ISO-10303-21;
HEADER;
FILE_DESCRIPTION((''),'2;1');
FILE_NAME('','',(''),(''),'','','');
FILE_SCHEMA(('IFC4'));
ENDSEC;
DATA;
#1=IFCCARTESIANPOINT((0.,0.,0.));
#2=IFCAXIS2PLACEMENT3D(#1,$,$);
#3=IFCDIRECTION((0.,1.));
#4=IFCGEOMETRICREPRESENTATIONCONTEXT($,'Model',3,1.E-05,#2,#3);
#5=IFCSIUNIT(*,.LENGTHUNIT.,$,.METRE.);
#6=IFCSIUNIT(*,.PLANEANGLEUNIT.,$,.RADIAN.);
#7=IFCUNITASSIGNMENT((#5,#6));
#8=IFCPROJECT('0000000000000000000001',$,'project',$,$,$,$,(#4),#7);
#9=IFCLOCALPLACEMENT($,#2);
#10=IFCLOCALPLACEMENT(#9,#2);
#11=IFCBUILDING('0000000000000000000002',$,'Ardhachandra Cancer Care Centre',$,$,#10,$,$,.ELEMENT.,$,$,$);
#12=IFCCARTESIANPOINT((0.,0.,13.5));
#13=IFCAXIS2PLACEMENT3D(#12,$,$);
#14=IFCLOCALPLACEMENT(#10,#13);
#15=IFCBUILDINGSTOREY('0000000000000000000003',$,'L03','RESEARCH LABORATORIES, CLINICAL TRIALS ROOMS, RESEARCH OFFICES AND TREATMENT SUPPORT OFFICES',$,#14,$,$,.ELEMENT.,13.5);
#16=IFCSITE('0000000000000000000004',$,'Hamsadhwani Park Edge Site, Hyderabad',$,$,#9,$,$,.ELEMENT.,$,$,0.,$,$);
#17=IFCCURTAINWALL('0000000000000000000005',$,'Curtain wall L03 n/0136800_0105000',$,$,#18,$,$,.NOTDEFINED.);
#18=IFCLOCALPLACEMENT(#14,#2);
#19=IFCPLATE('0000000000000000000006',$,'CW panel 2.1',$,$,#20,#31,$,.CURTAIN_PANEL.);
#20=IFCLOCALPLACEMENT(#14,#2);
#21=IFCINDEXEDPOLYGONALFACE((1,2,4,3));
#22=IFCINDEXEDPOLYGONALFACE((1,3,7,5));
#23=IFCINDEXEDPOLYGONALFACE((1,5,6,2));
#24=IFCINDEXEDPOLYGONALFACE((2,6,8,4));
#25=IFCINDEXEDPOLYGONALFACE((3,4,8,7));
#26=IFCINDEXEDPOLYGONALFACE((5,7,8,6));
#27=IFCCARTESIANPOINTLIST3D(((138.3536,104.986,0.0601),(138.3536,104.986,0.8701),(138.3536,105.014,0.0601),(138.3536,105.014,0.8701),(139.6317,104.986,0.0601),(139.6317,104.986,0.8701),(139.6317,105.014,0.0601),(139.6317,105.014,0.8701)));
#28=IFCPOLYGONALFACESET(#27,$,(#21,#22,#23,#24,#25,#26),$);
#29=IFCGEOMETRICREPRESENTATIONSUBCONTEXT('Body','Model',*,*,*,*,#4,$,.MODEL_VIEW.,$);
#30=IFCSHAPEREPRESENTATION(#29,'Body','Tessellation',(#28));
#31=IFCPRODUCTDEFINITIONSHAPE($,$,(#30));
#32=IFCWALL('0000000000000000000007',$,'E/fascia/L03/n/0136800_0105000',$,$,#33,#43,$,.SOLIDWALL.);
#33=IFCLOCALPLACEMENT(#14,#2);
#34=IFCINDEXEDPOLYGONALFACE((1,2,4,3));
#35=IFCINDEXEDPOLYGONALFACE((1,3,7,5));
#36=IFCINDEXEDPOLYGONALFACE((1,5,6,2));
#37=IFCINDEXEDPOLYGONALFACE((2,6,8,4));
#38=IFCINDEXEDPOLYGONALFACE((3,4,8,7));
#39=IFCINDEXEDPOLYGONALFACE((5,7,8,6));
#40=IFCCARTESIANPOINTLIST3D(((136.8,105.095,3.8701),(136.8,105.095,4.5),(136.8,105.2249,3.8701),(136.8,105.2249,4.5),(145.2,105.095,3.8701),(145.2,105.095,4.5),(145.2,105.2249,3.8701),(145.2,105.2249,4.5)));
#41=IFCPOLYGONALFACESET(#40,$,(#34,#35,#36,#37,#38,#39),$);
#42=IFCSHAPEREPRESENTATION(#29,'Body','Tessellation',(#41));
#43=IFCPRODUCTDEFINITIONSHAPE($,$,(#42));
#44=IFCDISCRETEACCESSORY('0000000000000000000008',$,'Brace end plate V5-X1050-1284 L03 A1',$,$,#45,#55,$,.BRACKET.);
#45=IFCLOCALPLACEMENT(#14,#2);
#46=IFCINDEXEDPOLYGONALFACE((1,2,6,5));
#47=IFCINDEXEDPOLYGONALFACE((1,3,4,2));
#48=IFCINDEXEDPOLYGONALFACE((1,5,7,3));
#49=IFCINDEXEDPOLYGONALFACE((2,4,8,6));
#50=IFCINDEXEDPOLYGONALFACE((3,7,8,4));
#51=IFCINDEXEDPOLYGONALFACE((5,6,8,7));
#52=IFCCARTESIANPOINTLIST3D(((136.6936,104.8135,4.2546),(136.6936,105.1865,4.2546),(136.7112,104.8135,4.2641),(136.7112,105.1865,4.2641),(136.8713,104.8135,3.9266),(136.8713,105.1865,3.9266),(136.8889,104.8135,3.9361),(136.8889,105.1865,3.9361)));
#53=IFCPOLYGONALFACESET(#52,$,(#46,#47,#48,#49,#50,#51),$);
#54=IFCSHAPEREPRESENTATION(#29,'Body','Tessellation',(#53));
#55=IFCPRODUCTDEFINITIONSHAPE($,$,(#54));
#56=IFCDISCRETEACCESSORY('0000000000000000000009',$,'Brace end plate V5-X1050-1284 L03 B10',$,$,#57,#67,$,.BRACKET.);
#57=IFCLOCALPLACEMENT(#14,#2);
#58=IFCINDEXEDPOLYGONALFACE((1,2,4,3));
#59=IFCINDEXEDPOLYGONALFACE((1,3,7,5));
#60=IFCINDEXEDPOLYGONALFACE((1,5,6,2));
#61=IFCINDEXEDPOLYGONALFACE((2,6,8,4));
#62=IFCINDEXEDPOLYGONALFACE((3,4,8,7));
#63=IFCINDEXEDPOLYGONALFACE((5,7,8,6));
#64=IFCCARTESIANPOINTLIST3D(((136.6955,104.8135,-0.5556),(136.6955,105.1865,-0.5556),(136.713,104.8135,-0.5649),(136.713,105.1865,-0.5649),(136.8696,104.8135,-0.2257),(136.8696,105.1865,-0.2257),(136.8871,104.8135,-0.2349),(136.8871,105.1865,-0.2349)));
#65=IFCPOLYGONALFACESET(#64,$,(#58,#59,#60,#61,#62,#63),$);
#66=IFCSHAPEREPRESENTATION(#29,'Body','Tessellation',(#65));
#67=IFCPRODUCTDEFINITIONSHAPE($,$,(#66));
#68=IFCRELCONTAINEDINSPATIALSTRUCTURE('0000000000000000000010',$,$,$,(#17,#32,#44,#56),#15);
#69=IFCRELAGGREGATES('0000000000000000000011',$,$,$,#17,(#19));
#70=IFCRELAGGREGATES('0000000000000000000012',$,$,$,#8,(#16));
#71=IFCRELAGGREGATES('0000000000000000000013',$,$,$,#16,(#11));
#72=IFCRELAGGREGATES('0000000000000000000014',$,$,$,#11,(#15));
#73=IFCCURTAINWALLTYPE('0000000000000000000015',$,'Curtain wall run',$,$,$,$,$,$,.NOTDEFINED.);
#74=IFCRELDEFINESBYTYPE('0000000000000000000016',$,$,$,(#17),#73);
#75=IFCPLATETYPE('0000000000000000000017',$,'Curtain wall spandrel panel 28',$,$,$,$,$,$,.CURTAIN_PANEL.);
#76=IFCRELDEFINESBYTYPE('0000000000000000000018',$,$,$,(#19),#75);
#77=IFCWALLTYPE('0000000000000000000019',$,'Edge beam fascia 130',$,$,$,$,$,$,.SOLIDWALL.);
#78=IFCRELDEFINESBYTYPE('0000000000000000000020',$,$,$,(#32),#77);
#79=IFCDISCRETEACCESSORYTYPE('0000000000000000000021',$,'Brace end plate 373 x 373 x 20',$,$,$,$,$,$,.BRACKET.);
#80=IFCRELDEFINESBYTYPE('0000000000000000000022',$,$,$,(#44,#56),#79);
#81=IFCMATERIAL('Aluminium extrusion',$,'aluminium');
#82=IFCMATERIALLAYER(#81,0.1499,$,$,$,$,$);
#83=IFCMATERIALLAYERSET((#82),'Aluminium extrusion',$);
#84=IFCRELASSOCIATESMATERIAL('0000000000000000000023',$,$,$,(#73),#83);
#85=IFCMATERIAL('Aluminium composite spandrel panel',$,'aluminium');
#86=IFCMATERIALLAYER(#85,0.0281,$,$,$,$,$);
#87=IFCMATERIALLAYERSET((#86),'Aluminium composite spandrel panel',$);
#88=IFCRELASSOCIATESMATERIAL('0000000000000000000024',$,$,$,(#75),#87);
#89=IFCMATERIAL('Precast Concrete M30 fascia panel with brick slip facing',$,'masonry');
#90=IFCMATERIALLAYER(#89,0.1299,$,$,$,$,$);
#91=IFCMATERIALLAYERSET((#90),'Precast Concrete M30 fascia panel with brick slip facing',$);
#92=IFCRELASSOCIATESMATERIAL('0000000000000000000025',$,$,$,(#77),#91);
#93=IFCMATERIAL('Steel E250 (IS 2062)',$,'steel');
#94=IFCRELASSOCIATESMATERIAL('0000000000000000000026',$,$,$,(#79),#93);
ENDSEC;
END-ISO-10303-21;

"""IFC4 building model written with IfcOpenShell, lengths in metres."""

from ifc_helpers import new_model, si_unit, direction, frame, frame_2d, origin, origin_2d, place, context, subcontext, project, spatial, rectangle, extrude, material, layer, layer_set, material_profile, profile_set, type_object, element, aggregate, save


model = new_model("IFC4")

# Units and contexts
model_context = context("Model", 3, precision=1e-05, world=origin(), true_north=direction((0.0, 1.0)))
body_context = subcontext(model_context, "Body", "Model", "MODEL_VIEW")
ifc_project = project(units=[si_unit("LENGTHUNIT", "METRE"), si_unit("PLANEANGLEUNIT", "RADIAN")], contexts=[model_context])

# Site, building, storey
site_placement = place(None, origin())
site = spatial("IfcSite", under=ifc_project, at=site_placement, Name="Hamsadhwani Park Edge Site, Hyderabad", CompositionType="ELEMENT", RefElevation=0.0)
building_placement = place(site_placement, origin())
building = spatial("IfcBuilding", under=site, at=building_placement, Name="Ardhachandra Cancer Care Centre", CompositionType="ELEMENT")
storey_placement = place(building_placement, frame((0.0, 0.0, 13.5)))
storey = spatial("IfcBuildingStorey", under=building, at=storey_placement, Name="L03", Description="RESEARCH LABORATORIES, CLINICAL TRIALS ROOMS, RESEARCH OFFICES AND TREATMENT SUPPORT OFFICES", CompositionType="ELEMENT", Elevation=13.5)

# Shared definitions
ifc_material_1 = material(Name="Aluminium extrusion", Category="aluminium")
ifc_layer_1 = layer(ifc_material_1, 0.1499)
ifc_layer_set_1 = layer_set([ifc_layer_1], Name="Aluminium extrusion")
curtain_wall_type = type_object("IfcCurtainWallType", Name="Curtain wall run", PredefinedType="NOTDEFINED", material=ifc_layer_set_1)

# Curtain wall
curtain_wall_1_placement = place(storey_placement, origin())
curtain_wall_1 = element("IfcCurtainWall", 1, at=curtain_wall_1_placement, inside=storey, type_object=curtain_wall_type, Name="Curtain wall L03 n/0136800_0105000", PredefinedType="NOTDEFINED")

# Plate
ifc_material_2 = material(Name="Aluminium composite spandrel panel", Category="aluminium")
ifc_layer_2 = layer(ifc_material_2, 0.0281)
ifc_layer_set_2 = layer_set([ifc_layer_2], Name="Aluminium composite spandrel panel")
plate_type_1 = type_object("IfcPlateType", Name="Curtain wall spandrel panel 28", PredefinedType="CURTAIN_PANEL", material=ifc_layer_set_2)
plate_1_placement = place(storey_placement, frame((138.9927, 105.0, 0.0601), z_axis=(0.0, 0.0, 1.0), x_axis=(1.0, 0.0, 0.0)))
plate_1 = element("IfcPlate", 2, at=plate_1_placement, type_object=plate_type_1, Name="CW panel 2.1", PredefinedType="CURTAIN_PANEL", context=body_context, shape_type="SweptSolid", body=[
    extrude(rectangle(XDim=1.2781, YDim=0.0281, at=origin_2d()), origin(), (0.0, 0.0, 1.0), 0.8101),
])
aggregate(curtain_wall_1, [plate_1])

# Wall
ifc_material_3 = material(Name="Precast Concrete M30 fascia panel with brick slip facing", Category="masonry")
ifc_layer_3 = layer(ifc_material_3, 0.1299)
ifc_layer_set_3 = layer_set([ifc_layer_3], Name="Precast Concrete M30 fascia panel with brick slip facing")
wall_type = type_object("IfcWallType", Name="Edge beam fascia 130", PredefinedType="SOLIDWALL", material=ifc_layer_set_3)
wall_placement = place(storey_placement, frame((136.8, 105.1599, 3.8701), z_axis=(0.0, 0.0, 1.0), x_axis=(1.0, 0.0, 0.0)))
element("IfcWall", 3, at=wall_placement, inside=storey, type_object=wall_type, Name="E/fascia/L03/n/0136800_0105000", PredefinedType="SOLIDWALL", context=body_context, shape_type="SweptSolid", body=[
    extrude(rectangle(XDim=8.3999, YDim=0.1299, at=frame_2d((4.2, 0.0))), origin(), (0.0, 0.0, 1.0), 0.6299),
])

# Discrete accessories
ifc_material_4 = material(Name="Steel E250 (IS 2062)", Category="steel")
ifc_material_profile_1 = material_profile(ifc_material_4, rectangle(XDim=0.373, YDim=0.373, at=origin_2d()), Name="PL 373x373x20")
ifc_profile_set_1 = profile_set([ifc_material_profile_1], Name="Steel E250 (IS 2062)")
discrete_accessory_type = type_object("IfcDiscreteAccessoryType", Name="Brace end plate 373 x 373 x 20", PredefinedType="BRACKET", material=ifc_profile_set_1)
discrete_accessory_1_placement = place(storey_placement, frame((136.8, 105.0, 4.1001), z_axis=(-0.879292, 0.0, -0.476283), x_axis=(0.0, -1.0, 0.0)))
element("IfcDiscreteAccessory", 4, at=discrete_accessory_1_placement, inside=storey, type_object=discrete_accessory_type, Name="Brace end plate V5-X1050-1284 L03 A1", PredefinedType="BRACKET", context=body_context, shape_type="SweptSolid", body=[
    extrude(rectangle(XDim=0.373, YDim=0.373, at=origin_2d()), origin(), (0.0, 0.0, 1.0), 0.02),
])
discrete_accessory_2_placement = place(storey_placement, frame((136.8, 105.0, -0.3999), z_axis=(-0.884385, 0.0, 0.466759), x_axis=(0.0, -1.0, 0.0)))
element("IfcDiscreteAccessory", 5, at=discrete_accessory_2_placement, inside=storey, type_object=discrete_accessory_type, Name="Brace end plate V5-X1050-1284 L03 B10", PredefinedType="BRACKET", context=body_context, shape_type="SweptSolid", body=[
    extrude(rectangle(XDim=0.373, YDim=0.373, at=origin_2d()), origin(), (0.0, 0.0, 1.0), 0.0198),
])

save(model, "model.ifc")
